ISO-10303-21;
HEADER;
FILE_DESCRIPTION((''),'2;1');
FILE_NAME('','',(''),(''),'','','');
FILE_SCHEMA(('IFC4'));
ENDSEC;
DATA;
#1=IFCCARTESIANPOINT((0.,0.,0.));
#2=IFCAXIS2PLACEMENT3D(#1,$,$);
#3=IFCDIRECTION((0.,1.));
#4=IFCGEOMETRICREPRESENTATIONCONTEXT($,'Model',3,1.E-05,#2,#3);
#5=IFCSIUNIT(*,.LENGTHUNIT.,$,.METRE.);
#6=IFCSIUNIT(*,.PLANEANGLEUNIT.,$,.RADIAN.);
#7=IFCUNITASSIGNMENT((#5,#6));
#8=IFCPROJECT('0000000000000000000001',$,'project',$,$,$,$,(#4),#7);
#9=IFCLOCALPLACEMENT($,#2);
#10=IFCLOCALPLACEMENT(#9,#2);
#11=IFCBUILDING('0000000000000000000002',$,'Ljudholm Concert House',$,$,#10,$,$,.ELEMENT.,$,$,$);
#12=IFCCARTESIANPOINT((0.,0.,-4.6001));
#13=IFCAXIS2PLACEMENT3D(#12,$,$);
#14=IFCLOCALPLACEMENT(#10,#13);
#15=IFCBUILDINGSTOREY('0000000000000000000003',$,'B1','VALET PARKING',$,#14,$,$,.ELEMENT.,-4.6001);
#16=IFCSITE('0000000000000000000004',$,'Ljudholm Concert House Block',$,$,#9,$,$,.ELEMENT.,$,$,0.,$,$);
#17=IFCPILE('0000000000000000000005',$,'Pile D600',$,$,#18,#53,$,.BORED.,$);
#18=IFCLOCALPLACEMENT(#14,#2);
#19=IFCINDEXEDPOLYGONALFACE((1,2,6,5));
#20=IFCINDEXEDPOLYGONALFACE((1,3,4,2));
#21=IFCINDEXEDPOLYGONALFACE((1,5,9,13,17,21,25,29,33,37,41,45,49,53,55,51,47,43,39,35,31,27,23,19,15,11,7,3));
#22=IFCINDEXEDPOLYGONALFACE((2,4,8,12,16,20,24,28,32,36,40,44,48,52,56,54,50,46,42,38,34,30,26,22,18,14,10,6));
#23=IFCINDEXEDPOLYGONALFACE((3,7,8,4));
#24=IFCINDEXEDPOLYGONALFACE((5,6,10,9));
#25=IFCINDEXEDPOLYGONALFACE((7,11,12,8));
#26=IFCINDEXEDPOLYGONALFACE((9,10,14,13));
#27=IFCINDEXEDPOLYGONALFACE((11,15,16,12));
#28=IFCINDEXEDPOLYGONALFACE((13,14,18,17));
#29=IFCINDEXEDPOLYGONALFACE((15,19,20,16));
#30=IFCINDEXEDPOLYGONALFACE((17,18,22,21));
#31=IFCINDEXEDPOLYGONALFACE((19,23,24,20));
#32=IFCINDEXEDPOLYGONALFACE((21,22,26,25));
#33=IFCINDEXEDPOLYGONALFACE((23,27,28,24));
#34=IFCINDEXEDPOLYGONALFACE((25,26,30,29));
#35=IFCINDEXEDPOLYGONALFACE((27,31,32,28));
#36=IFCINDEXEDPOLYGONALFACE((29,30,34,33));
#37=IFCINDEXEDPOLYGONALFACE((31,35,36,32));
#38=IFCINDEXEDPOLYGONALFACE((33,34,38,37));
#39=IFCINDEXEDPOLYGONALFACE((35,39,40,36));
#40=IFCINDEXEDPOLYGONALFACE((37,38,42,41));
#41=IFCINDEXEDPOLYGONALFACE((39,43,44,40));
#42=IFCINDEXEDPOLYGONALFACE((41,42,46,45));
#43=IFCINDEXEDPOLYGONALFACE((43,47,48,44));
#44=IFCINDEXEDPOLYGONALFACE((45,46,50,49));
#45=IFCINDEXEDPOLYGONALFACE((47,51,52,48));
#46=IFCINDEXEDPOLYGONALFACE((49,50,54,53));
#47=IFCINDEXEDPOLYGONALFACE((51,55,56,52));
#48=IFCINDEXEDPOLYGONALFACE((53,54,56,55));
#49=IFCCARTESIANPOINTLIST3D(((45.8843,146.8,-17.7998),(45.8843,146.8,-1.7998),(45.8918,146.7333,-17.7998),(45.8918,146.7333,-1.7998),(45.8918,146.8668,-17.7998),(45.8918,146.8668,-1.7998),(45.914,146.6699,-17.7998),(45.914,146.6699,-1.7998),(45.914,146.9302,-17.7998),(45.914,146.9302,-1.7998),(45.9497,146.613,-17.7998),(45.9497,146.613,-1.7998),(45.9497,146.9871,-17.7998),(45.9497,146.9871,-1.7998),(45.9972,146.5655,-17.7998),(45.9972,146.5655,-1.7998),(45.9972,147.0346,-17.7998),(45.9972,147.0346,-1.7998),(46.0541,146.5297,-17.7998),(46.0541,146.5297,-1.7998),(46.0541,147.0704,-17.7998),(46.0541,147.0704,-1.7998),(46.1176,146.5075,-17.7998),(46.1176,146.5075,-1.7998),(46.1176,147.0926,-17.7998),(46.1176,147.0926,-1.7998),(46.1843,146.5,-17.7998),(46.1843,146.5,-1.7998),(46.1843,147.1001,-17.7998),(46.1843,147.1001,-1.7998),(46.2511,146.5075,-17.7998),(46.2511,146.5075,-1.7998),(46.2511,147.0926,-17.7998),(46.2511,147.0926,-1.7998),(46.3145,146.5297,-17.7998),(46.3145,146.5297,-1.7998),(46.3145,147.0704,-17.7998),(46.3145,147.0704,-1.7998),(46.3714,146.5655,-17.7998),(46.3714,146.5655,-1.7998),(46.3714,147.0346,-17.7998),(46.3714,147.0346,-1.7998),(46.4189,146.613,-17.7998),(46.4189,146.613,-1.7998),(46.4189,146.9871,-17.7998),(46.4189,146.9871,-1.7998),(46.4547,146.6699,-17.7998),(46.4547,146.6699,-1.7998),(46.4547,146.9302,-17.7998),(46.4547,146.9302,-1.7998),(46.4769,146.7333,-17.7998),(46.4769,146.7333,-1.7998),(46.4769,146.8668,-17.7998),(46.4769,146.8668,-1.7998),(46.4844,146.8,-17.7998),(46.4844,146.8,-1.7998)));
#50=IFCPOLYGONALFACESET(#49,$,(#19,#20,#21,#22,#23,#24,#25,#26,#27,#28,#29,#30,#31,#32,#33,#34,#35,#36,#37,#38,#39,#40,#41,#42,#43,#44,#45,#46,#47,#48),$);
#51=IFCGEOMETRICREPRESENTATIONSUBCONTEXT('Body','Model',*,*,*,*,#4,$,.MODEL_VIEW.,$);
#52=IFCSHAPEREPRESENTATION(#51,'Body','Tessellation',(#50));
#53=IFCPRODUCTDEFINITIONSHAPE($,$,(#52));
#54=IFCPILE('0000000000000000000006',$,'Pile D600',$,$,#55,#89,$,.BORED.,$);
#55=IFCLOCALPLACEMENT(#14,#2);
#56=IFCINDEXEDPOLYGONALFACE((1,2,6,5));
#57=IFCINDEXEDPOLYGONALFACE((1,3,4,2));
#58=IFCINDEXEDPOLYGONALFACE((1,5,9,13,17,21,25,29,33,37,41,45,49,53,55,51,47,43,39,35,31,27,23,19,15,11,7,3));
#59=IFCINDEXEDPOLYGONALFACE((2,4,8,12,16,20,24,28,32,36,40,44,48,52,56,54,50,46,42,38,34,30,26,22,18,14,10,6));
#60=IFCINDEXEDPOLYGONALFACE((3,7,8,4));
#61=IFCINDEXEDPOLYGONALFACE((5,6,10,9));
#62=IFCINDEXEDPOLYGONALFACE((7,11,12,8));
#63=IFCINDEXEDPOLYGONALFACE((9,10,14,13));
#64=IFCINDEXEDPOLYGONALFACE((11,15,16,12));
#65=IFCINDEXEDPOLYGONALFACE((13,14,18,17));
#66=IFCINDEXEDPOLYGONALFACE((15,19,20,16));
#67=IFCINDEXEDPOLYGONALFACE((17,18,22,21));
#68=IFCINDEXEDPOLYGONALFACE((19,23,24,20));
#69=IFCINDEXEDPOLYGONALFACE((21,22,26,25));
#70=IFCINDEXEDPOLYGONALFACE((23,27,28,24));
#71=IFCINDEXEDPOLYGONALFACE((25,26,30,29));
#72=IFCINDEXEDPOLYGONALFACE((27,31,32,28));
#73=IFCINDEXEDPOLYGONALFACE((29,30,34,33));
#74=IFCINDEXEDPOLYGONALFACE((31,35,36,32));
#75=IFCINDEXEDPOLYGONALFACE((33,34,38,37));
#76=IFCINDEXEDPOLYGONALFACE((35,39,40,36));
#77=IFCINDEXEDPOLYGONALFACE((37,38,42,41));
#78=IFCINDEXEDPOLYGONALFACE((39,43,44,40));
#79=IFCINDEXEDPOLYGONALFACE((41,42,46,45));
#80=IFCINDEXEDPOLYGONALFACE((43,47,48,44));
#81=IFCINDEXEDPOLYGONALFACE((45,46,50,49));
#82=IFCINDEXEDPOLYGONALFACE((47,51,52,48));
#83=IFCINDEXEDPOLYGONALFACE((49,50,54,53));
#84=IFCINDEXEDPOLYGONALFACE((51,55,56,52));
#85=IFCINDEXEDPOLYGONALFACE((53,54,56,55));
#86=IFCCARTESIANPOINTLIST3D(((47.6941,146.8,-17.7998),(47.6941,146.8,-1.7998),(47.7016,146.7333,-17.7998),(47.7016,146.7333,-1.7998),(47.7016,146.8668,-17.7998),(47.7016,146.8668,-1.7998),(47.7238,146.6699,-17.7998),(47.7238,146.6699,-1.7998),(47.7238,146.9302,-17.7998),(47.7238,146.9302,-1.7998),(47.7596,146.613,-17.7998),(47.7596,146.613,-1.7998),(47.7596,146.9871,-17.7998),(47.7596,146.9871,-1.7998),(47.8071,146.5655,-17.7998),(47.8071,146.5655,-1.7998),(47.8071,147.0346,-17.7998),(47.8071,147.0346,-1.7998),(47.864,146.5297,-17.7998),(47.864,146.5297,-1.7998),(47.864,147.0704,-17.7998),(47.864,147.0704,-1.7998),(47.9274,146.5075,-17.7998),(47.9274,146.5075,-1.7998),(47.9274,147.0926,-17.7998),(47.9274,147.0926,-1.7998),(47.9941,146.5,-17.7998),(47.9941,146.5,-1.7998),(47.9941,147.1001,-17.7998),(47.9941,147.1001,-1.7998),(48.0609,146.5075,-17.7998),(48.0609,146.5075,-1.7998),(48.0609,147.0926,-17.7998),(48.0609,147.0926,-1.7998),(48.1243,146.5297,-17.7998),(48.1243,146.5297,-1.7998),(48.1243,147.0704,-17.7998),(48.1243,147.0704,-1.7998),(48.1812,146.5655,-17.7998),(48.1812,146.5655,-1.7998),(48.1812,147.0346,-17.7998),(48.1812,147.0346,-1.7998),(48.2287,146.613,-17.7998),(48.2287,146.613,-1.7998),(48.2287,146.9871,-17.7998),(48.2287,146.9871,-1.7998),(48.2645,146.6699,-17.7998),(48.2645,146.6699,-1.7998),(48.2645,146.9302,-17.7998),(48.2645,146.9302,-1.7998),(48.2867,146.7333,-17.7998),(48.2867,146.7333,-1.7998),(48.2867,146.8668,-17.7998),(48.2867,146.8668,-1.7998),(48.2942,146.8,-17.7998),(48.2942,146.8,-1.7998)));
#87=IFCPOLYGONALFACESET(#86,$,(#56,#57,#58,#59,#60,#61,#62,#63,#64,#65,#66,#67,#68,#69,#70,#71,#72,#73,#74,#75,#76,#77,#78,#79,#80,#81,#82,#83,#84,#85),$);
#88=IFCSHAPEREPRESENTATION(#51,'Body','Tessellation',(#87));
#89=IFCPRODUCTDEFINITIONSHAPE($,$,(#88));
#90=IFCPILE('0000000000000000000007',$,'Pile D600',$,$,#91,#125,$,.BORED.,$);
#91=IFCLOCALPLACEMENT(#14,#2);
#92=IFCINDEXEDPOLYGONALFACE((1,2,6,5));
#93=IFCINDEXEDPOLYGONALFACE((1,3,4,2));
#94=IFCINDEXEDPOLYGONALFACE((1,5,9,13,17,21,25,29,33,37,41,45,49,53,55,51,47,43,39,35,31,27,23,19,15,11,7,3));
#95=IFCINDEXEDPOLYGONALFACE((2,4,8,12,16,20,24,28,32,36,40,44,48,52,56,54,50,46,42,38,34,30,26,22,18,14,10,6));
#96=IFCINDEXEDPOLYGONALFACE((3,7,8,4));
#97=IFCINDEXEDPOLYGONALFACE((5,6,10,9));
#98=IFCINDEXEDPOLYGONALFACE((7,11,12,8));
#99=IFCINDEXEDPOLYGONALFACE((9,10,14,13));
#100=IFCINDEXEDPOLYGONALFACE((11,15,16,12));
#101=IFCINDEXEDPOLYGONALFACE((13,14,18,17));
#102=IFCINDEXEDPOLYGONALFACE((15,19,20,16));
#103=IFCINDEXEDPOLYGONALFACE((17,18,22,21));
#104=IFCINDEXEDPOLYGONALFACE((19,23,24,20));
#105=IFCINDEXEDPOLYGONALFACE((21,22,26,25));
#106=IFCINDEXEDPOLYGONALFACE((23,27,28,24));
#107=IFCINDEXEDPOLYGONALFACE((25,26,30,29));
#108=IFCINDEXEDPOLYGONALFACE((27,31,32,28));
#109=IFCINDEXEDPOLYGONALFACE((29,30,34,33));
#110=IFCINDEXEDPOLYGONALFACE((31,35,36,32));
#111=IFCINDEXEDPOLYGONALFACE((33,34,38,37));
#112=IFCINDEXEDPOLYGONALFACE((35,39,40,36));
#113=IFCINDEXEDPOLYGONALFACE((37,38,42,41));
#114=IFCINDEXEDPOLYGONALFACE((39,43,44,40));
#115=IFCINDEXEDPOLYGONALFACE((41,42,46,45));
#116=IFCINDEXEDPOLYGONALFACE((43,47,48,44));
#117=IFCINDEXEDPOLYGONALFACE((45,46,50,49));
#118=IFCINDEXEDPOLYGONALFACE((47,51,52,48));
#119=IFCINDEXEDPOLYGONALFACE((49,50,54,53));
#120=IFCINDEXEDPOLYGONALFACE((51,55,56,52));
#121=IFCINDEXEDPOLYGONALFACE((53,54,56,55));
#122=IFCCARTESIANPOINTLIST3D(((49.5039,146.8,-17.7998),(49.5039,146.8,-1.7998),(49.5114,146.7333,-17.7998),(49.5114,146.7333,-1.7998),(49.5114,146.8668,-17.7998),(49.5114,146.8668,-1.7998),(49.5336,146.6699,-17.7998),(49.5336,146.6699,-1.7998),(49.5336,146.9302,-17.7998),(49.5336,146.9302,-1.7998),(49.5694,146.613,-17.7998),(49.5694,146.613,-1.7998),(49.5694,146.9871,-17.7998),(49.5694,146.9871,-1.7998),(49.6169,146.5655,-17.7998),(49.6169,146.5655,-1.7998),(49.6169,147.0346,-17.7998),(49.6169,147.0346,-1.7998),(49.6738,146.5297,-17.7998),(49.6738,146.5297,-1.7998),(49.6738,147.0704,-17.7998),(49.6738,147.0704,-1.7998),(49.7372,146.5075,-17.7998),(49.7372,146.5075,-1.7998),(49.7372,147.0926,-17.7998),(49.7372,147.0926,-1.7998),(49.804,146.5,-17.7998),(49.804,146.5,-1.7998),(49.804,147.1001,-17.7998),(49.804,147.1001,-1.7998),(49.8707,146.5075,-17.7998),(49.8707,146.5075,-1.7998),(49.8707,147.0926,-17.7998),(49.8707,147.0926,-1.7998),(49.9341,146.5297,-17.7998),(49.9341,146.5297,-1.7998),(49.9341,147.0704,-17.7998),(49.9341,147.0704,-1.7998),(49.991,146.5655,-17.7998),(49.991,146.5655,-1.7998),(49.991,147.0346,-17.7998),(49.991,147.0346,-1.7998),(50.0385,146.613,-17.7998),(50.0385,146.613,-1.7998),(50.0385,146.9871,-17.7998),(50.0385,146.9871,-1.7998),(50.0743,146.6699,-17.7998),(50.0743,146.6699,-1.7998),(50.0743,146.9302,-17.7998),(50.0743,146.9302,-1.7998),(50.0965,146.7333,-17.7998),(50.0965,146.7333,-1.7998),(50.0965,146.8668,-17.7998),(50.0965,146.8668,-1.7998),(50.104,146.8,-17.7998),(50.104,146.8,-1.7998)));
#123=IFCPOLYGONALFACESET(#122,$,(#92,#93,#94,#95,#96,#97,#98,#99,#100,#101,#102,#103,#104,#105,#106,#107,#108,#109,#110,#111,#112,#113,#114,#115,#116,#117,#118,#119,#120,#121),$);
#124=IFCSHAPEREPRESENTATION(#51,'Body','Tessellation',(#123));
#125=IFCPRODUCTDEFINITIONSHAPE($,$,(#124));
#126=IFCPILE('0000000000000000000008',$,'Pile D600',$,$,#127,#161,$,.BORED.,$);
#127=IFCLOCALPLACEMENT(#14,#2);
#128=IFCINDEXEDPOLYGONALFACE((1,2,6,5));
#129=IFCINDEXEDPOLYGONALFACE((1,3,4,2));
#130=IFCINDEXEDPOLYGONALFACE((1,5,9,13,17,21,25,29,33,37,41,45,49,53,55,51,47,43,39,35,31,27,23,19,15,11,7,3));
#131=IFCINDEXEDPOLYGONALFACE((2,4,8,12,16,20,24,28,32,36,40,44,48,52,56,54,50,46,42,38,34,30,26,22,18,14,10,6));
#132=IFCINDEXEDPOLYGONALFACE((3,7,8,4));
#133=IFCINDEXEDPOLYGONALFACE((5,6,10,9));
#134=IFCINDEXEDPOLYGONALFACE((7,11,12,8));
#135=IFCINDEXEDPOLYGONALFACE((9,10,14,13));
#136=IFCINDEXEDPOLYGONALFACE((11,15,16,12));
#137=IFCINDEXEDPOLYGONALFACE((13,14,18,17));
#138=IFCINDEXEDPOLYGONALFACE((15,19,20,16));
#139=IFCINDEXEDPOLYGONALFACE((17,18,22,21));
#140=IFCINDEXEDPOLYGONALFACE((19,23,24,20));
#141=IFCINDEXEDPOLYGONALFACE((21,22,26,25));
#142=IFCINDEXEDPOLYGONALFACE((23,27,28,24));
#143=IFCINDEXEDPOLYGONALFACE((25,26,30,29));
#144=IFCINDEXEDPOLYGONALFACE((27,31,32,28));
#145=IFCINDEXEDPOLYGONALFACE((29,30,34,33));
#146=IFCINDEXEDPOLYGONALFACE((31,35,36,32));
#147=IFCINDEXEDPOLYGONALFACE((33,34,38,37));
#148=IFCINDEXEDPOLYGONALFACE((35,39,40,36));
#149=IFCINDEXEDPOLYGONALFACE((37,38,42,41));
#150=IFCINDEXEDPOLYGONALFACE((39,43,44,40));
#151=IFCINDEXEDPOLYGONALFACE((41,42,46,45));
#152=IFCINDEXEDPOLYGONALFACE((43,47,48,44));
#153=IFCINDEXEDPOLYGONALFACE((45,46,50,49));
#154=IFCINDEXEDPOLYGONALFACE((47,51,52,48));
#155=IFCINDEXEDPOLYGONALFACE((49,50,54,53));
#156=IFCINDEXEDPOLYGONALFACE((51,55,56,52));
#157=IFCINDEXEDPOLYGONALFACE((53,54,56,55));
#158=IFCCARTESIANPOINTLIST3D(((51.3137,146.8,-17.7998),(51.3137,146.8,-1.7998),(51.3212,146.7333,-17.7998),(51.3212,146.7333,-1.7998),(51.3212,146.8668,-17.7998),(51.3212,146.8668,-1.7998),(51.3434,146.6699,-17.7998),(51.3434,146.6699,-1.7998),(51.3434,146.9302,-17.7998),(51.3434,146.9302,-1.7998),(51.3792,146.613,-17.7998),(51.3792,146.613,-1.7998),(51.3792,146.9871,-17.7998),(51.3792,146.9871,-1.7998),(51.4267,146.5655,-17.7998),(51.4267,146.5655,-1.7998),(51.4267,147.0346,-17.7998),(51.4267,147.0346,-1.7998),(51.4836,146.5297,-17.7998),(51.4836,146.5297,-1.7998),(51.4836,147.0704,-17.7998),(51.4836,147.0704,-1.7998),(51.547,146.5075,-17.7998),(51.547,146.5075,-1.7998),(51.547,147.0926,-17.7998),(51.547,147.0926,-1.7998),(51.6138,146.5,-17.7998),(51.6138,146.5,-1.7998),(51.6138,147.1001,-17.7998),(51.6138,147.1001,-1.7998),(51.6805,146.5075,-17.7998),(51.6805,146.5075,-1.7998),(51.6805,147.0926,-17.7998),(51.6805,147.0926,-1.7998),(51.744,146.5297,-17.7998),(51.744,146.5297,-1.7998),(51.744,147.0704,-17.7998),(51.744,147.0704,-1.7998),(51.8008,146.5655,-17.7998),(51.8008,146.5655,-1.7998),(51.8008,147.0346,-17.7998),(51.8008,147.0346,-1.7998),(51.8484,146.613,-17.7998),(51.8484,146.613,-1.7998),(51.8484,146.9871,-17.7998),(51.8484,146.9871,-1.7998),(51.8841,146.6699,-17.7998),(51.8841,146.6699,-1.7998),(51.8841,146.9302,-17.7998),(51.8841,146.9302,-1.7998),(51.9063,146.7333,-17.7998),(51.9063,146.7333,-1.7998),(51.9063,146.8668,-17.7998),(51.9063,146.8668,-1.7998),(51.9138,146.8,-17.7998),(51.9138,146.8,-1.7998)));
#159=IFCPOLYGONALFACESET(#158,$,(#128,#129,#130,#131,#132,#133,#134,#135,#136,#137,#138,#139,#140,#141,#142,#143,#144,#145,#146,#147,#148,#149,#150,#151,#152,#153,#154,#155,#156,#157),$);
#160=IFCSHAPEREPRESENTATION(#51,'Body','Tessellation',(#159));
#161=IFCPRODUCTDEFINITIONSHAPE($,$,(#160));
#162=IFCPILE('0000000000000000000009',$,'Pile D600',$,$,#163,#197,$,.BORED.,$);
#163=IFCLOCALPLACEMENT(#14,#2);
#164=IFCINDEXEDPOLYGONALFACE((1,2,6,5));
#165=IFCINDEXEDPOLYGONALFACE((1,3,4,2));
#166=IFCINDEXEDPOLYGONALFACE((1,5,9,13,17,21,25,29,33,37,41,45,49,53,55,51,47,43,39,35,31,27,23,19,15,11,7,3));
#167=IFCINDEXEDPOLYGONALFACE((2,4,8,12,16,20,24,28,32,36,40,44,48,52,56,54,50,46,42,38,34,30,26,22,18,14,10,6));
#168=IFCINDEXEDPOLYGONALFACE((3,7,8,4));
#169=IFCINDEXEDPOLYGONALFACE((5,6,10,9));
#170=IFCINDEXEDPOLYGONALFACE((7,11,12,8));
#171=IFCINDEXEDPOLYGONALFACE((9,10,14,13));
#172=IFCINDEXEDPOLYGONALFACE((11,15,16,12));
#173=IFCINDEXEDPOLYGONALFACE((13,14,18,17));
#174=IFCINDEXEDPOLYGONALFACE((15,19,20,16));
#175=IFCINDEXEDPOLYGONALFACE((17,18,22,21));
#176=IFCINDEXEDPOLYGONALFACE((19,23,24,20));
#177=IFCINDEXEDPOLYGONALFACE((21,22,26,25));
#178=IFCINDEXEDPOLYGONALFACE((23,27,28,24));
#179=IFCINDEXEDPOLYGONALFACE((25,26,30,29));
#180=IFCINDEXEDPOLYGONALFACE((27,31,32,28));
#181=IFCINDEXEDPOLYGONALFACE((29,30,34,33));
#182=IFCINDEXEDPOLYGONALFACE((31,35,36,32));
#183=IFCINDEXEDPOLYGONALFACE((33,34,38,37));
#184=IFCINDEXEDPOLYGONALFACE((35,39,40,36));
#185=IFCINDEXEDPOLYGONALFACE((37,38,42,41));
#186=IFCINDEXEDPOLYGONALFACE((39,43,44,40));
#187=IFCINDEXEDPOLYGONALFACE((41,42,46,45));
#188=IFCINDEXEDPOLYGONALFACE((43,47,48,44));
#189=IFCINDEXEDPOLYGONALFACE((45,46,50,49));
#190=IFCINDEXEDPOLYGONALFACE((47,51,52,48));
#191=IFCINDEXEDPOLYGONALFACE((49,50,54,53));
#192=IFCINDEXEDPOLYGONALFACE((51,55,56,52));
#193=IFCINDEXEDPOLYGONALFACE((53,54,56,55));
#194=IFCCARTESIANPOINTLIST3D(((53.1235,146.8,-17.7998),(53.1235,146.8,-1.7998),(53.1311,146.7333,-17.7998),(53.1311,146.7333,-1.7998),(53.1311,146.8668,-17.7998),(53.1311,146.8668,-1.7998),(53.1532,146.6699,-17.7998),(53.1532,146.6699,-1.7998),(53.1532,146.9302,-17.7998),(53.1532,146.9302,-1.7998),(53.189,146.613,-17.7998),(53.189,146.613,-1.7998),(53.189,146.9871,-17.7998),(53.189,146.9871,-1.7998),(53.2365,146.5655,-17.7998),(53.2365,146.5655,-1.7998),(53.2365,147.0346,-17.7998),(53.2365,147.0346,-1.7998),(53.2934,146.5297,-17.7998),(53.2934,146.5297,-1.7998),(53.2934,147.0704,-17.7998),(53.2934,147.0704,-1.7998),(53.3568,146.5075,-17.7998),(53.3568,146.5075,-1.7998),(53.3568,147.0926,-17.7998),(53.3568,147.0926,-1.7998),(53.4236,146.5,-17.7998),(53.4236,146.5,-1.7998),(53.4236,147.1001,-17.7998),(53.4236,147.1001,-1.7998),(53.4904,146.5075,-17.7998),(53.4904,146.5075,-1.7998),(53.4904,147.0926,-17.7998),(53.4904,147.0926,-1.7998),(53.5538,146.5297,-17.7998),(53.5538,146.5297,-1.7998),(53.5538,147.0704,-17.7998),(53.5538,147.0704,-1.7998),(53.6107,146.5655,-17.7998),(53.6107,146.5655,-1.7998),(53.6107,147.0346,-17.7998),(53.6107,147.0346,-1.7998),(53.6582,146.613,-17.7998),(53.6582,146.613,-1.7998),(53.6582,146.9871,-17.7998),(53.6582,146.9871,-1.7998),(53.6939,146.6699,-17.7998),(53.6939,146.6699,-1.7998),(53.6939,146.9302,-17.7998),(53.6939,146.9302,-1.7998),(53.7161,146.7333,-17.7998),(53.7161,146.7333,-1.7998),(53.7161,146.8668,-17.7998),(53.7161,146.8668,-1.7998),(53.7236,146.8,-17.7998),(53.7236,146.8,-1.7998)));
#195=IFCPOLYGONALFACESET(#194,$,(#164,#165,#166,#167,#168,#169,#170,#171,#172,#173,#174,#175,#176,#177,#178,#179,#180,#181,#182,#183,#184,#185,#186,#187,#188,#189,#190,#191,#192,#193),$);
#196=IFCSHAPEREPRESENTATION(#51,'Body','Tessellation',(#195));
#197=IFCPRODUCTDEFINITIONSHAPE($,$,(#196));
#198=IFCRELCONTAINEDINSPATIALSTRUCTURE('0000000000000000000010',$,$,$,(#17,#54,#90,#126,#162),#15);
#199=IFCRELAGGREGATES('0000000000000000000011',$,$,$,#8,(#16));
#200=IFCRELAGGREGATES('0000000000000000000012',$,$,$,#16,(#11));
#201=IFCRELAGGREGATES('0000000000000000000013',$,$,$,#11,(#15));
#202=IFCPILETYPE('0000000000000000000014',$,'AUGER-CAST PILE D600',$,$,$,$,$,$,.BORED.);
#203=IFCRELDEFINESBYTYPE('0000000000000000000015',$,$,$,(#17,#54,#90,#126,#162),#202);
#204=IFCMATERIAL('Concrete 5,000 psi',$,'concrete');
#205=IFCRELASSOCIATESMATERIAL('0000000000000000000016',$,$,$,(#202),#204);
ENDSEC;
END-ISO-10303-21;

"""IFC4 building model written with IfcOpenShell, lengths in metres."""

from ifc_helpers import new_model, si_unit, direction, frame, origin, origin_2d, place, context, subcontext, project, spatial, circle, extrude, material, material_profile, profile_set, type_object, element, save


model = new_model("IFC4")

# Units and contexts
model_context = context("Model", 3, precision=1e-05, world=origin(), true_north=direction((0.0, 1.0)))
body_context = subcontext(model_context, "Body", "Model", "MODEL_VIEW")
ifc_project = project(units=[si_unit("LENGTHUNIT", "METRE"), si_unit("PLANEANGLEUNIT", "RADIAN")], contexts=[model_context])

# Site, building, storey
site_placement = place(None, origin())
site = spatial("IfcSite", under=ifc_project, at=site_placement, Name="Ljudholm Concert House Block", CompositionType="ELEMENT", RefElevation=0.0)
building_placement = place(site_placement, origin())
building = spatial("IfcBuilding", under=site, at=building_placement, Name="Ljudholm Concert House", CompositionType="ELEMENT")
storey_placement = place(building_placement, frame((0.0, 0.0, -4.6001)))
storey = spatial("IfcBuildingStorey", under=building, at=storey_placement, Name="B1", Description="VALET PARKING", CompositionType="ELEMENT", Elevation=-4.6001)

# Piles
ifc_material_1 = material(Name="Concrete 5,000 psi", Category="concrete")
ifc_material_profile_1 = material_profile(ifc_material_1, circle(Radius=0.3, at=origin_2d()), Name="AUGER-CAST PILE D600")
ifc_profile_set_1 = profile_set([ifc_material_profile_1], Name="Concrete 5,000 psi")
pile_type = type_object("IfcPileType", Name="AUGER-CAST PILE D600", PredefinedType="BORED", material=ifc_profile_set_1)
for number, where, z_axis, x_axis, name in (
    (1, (46.1843, 146.8, -1.7998), (0.0, 0.0, -1.0), (1.0, 0.0, 0.0), "Pile D600"),
    (2, (47.9941, 146.8, -1.7998), (0.0, 0.0, -1.0), (1.0, 0.0, 0.0), "Pile D600"),
    (3, (49.804, 146.8, -1.7998), (0.0, 0.0, -1.0), (1.0, 0.0, 0.0), "Pile D600"),
    (4, (51.6138, 146.8, -1.7998), (0.0, 0.0, -1.0), (1.0, 0.0, 0.0), "Pile D600"),
    (5, (53.4236, 146.8, -1.7998), (0.0, 0.0, -1.0), (1.0, 0.0, 0.0), "Pile D600"),
):
    element("IfcPile", number, at=place(storey_placement, frame(where, z_axis=z_axis, x_axis=x_axis)), inside=storey, type_object=pile_type, Name=name, PredefinedType="BORED", context=body_context, shape_type="SweptSolid", body=[
        extrude(circle(Radius=0.3, at=origin_2d()), origin(), (0.0, 0.0, 1.0), 16.0),
    ])

save(model, "model.ifc")
